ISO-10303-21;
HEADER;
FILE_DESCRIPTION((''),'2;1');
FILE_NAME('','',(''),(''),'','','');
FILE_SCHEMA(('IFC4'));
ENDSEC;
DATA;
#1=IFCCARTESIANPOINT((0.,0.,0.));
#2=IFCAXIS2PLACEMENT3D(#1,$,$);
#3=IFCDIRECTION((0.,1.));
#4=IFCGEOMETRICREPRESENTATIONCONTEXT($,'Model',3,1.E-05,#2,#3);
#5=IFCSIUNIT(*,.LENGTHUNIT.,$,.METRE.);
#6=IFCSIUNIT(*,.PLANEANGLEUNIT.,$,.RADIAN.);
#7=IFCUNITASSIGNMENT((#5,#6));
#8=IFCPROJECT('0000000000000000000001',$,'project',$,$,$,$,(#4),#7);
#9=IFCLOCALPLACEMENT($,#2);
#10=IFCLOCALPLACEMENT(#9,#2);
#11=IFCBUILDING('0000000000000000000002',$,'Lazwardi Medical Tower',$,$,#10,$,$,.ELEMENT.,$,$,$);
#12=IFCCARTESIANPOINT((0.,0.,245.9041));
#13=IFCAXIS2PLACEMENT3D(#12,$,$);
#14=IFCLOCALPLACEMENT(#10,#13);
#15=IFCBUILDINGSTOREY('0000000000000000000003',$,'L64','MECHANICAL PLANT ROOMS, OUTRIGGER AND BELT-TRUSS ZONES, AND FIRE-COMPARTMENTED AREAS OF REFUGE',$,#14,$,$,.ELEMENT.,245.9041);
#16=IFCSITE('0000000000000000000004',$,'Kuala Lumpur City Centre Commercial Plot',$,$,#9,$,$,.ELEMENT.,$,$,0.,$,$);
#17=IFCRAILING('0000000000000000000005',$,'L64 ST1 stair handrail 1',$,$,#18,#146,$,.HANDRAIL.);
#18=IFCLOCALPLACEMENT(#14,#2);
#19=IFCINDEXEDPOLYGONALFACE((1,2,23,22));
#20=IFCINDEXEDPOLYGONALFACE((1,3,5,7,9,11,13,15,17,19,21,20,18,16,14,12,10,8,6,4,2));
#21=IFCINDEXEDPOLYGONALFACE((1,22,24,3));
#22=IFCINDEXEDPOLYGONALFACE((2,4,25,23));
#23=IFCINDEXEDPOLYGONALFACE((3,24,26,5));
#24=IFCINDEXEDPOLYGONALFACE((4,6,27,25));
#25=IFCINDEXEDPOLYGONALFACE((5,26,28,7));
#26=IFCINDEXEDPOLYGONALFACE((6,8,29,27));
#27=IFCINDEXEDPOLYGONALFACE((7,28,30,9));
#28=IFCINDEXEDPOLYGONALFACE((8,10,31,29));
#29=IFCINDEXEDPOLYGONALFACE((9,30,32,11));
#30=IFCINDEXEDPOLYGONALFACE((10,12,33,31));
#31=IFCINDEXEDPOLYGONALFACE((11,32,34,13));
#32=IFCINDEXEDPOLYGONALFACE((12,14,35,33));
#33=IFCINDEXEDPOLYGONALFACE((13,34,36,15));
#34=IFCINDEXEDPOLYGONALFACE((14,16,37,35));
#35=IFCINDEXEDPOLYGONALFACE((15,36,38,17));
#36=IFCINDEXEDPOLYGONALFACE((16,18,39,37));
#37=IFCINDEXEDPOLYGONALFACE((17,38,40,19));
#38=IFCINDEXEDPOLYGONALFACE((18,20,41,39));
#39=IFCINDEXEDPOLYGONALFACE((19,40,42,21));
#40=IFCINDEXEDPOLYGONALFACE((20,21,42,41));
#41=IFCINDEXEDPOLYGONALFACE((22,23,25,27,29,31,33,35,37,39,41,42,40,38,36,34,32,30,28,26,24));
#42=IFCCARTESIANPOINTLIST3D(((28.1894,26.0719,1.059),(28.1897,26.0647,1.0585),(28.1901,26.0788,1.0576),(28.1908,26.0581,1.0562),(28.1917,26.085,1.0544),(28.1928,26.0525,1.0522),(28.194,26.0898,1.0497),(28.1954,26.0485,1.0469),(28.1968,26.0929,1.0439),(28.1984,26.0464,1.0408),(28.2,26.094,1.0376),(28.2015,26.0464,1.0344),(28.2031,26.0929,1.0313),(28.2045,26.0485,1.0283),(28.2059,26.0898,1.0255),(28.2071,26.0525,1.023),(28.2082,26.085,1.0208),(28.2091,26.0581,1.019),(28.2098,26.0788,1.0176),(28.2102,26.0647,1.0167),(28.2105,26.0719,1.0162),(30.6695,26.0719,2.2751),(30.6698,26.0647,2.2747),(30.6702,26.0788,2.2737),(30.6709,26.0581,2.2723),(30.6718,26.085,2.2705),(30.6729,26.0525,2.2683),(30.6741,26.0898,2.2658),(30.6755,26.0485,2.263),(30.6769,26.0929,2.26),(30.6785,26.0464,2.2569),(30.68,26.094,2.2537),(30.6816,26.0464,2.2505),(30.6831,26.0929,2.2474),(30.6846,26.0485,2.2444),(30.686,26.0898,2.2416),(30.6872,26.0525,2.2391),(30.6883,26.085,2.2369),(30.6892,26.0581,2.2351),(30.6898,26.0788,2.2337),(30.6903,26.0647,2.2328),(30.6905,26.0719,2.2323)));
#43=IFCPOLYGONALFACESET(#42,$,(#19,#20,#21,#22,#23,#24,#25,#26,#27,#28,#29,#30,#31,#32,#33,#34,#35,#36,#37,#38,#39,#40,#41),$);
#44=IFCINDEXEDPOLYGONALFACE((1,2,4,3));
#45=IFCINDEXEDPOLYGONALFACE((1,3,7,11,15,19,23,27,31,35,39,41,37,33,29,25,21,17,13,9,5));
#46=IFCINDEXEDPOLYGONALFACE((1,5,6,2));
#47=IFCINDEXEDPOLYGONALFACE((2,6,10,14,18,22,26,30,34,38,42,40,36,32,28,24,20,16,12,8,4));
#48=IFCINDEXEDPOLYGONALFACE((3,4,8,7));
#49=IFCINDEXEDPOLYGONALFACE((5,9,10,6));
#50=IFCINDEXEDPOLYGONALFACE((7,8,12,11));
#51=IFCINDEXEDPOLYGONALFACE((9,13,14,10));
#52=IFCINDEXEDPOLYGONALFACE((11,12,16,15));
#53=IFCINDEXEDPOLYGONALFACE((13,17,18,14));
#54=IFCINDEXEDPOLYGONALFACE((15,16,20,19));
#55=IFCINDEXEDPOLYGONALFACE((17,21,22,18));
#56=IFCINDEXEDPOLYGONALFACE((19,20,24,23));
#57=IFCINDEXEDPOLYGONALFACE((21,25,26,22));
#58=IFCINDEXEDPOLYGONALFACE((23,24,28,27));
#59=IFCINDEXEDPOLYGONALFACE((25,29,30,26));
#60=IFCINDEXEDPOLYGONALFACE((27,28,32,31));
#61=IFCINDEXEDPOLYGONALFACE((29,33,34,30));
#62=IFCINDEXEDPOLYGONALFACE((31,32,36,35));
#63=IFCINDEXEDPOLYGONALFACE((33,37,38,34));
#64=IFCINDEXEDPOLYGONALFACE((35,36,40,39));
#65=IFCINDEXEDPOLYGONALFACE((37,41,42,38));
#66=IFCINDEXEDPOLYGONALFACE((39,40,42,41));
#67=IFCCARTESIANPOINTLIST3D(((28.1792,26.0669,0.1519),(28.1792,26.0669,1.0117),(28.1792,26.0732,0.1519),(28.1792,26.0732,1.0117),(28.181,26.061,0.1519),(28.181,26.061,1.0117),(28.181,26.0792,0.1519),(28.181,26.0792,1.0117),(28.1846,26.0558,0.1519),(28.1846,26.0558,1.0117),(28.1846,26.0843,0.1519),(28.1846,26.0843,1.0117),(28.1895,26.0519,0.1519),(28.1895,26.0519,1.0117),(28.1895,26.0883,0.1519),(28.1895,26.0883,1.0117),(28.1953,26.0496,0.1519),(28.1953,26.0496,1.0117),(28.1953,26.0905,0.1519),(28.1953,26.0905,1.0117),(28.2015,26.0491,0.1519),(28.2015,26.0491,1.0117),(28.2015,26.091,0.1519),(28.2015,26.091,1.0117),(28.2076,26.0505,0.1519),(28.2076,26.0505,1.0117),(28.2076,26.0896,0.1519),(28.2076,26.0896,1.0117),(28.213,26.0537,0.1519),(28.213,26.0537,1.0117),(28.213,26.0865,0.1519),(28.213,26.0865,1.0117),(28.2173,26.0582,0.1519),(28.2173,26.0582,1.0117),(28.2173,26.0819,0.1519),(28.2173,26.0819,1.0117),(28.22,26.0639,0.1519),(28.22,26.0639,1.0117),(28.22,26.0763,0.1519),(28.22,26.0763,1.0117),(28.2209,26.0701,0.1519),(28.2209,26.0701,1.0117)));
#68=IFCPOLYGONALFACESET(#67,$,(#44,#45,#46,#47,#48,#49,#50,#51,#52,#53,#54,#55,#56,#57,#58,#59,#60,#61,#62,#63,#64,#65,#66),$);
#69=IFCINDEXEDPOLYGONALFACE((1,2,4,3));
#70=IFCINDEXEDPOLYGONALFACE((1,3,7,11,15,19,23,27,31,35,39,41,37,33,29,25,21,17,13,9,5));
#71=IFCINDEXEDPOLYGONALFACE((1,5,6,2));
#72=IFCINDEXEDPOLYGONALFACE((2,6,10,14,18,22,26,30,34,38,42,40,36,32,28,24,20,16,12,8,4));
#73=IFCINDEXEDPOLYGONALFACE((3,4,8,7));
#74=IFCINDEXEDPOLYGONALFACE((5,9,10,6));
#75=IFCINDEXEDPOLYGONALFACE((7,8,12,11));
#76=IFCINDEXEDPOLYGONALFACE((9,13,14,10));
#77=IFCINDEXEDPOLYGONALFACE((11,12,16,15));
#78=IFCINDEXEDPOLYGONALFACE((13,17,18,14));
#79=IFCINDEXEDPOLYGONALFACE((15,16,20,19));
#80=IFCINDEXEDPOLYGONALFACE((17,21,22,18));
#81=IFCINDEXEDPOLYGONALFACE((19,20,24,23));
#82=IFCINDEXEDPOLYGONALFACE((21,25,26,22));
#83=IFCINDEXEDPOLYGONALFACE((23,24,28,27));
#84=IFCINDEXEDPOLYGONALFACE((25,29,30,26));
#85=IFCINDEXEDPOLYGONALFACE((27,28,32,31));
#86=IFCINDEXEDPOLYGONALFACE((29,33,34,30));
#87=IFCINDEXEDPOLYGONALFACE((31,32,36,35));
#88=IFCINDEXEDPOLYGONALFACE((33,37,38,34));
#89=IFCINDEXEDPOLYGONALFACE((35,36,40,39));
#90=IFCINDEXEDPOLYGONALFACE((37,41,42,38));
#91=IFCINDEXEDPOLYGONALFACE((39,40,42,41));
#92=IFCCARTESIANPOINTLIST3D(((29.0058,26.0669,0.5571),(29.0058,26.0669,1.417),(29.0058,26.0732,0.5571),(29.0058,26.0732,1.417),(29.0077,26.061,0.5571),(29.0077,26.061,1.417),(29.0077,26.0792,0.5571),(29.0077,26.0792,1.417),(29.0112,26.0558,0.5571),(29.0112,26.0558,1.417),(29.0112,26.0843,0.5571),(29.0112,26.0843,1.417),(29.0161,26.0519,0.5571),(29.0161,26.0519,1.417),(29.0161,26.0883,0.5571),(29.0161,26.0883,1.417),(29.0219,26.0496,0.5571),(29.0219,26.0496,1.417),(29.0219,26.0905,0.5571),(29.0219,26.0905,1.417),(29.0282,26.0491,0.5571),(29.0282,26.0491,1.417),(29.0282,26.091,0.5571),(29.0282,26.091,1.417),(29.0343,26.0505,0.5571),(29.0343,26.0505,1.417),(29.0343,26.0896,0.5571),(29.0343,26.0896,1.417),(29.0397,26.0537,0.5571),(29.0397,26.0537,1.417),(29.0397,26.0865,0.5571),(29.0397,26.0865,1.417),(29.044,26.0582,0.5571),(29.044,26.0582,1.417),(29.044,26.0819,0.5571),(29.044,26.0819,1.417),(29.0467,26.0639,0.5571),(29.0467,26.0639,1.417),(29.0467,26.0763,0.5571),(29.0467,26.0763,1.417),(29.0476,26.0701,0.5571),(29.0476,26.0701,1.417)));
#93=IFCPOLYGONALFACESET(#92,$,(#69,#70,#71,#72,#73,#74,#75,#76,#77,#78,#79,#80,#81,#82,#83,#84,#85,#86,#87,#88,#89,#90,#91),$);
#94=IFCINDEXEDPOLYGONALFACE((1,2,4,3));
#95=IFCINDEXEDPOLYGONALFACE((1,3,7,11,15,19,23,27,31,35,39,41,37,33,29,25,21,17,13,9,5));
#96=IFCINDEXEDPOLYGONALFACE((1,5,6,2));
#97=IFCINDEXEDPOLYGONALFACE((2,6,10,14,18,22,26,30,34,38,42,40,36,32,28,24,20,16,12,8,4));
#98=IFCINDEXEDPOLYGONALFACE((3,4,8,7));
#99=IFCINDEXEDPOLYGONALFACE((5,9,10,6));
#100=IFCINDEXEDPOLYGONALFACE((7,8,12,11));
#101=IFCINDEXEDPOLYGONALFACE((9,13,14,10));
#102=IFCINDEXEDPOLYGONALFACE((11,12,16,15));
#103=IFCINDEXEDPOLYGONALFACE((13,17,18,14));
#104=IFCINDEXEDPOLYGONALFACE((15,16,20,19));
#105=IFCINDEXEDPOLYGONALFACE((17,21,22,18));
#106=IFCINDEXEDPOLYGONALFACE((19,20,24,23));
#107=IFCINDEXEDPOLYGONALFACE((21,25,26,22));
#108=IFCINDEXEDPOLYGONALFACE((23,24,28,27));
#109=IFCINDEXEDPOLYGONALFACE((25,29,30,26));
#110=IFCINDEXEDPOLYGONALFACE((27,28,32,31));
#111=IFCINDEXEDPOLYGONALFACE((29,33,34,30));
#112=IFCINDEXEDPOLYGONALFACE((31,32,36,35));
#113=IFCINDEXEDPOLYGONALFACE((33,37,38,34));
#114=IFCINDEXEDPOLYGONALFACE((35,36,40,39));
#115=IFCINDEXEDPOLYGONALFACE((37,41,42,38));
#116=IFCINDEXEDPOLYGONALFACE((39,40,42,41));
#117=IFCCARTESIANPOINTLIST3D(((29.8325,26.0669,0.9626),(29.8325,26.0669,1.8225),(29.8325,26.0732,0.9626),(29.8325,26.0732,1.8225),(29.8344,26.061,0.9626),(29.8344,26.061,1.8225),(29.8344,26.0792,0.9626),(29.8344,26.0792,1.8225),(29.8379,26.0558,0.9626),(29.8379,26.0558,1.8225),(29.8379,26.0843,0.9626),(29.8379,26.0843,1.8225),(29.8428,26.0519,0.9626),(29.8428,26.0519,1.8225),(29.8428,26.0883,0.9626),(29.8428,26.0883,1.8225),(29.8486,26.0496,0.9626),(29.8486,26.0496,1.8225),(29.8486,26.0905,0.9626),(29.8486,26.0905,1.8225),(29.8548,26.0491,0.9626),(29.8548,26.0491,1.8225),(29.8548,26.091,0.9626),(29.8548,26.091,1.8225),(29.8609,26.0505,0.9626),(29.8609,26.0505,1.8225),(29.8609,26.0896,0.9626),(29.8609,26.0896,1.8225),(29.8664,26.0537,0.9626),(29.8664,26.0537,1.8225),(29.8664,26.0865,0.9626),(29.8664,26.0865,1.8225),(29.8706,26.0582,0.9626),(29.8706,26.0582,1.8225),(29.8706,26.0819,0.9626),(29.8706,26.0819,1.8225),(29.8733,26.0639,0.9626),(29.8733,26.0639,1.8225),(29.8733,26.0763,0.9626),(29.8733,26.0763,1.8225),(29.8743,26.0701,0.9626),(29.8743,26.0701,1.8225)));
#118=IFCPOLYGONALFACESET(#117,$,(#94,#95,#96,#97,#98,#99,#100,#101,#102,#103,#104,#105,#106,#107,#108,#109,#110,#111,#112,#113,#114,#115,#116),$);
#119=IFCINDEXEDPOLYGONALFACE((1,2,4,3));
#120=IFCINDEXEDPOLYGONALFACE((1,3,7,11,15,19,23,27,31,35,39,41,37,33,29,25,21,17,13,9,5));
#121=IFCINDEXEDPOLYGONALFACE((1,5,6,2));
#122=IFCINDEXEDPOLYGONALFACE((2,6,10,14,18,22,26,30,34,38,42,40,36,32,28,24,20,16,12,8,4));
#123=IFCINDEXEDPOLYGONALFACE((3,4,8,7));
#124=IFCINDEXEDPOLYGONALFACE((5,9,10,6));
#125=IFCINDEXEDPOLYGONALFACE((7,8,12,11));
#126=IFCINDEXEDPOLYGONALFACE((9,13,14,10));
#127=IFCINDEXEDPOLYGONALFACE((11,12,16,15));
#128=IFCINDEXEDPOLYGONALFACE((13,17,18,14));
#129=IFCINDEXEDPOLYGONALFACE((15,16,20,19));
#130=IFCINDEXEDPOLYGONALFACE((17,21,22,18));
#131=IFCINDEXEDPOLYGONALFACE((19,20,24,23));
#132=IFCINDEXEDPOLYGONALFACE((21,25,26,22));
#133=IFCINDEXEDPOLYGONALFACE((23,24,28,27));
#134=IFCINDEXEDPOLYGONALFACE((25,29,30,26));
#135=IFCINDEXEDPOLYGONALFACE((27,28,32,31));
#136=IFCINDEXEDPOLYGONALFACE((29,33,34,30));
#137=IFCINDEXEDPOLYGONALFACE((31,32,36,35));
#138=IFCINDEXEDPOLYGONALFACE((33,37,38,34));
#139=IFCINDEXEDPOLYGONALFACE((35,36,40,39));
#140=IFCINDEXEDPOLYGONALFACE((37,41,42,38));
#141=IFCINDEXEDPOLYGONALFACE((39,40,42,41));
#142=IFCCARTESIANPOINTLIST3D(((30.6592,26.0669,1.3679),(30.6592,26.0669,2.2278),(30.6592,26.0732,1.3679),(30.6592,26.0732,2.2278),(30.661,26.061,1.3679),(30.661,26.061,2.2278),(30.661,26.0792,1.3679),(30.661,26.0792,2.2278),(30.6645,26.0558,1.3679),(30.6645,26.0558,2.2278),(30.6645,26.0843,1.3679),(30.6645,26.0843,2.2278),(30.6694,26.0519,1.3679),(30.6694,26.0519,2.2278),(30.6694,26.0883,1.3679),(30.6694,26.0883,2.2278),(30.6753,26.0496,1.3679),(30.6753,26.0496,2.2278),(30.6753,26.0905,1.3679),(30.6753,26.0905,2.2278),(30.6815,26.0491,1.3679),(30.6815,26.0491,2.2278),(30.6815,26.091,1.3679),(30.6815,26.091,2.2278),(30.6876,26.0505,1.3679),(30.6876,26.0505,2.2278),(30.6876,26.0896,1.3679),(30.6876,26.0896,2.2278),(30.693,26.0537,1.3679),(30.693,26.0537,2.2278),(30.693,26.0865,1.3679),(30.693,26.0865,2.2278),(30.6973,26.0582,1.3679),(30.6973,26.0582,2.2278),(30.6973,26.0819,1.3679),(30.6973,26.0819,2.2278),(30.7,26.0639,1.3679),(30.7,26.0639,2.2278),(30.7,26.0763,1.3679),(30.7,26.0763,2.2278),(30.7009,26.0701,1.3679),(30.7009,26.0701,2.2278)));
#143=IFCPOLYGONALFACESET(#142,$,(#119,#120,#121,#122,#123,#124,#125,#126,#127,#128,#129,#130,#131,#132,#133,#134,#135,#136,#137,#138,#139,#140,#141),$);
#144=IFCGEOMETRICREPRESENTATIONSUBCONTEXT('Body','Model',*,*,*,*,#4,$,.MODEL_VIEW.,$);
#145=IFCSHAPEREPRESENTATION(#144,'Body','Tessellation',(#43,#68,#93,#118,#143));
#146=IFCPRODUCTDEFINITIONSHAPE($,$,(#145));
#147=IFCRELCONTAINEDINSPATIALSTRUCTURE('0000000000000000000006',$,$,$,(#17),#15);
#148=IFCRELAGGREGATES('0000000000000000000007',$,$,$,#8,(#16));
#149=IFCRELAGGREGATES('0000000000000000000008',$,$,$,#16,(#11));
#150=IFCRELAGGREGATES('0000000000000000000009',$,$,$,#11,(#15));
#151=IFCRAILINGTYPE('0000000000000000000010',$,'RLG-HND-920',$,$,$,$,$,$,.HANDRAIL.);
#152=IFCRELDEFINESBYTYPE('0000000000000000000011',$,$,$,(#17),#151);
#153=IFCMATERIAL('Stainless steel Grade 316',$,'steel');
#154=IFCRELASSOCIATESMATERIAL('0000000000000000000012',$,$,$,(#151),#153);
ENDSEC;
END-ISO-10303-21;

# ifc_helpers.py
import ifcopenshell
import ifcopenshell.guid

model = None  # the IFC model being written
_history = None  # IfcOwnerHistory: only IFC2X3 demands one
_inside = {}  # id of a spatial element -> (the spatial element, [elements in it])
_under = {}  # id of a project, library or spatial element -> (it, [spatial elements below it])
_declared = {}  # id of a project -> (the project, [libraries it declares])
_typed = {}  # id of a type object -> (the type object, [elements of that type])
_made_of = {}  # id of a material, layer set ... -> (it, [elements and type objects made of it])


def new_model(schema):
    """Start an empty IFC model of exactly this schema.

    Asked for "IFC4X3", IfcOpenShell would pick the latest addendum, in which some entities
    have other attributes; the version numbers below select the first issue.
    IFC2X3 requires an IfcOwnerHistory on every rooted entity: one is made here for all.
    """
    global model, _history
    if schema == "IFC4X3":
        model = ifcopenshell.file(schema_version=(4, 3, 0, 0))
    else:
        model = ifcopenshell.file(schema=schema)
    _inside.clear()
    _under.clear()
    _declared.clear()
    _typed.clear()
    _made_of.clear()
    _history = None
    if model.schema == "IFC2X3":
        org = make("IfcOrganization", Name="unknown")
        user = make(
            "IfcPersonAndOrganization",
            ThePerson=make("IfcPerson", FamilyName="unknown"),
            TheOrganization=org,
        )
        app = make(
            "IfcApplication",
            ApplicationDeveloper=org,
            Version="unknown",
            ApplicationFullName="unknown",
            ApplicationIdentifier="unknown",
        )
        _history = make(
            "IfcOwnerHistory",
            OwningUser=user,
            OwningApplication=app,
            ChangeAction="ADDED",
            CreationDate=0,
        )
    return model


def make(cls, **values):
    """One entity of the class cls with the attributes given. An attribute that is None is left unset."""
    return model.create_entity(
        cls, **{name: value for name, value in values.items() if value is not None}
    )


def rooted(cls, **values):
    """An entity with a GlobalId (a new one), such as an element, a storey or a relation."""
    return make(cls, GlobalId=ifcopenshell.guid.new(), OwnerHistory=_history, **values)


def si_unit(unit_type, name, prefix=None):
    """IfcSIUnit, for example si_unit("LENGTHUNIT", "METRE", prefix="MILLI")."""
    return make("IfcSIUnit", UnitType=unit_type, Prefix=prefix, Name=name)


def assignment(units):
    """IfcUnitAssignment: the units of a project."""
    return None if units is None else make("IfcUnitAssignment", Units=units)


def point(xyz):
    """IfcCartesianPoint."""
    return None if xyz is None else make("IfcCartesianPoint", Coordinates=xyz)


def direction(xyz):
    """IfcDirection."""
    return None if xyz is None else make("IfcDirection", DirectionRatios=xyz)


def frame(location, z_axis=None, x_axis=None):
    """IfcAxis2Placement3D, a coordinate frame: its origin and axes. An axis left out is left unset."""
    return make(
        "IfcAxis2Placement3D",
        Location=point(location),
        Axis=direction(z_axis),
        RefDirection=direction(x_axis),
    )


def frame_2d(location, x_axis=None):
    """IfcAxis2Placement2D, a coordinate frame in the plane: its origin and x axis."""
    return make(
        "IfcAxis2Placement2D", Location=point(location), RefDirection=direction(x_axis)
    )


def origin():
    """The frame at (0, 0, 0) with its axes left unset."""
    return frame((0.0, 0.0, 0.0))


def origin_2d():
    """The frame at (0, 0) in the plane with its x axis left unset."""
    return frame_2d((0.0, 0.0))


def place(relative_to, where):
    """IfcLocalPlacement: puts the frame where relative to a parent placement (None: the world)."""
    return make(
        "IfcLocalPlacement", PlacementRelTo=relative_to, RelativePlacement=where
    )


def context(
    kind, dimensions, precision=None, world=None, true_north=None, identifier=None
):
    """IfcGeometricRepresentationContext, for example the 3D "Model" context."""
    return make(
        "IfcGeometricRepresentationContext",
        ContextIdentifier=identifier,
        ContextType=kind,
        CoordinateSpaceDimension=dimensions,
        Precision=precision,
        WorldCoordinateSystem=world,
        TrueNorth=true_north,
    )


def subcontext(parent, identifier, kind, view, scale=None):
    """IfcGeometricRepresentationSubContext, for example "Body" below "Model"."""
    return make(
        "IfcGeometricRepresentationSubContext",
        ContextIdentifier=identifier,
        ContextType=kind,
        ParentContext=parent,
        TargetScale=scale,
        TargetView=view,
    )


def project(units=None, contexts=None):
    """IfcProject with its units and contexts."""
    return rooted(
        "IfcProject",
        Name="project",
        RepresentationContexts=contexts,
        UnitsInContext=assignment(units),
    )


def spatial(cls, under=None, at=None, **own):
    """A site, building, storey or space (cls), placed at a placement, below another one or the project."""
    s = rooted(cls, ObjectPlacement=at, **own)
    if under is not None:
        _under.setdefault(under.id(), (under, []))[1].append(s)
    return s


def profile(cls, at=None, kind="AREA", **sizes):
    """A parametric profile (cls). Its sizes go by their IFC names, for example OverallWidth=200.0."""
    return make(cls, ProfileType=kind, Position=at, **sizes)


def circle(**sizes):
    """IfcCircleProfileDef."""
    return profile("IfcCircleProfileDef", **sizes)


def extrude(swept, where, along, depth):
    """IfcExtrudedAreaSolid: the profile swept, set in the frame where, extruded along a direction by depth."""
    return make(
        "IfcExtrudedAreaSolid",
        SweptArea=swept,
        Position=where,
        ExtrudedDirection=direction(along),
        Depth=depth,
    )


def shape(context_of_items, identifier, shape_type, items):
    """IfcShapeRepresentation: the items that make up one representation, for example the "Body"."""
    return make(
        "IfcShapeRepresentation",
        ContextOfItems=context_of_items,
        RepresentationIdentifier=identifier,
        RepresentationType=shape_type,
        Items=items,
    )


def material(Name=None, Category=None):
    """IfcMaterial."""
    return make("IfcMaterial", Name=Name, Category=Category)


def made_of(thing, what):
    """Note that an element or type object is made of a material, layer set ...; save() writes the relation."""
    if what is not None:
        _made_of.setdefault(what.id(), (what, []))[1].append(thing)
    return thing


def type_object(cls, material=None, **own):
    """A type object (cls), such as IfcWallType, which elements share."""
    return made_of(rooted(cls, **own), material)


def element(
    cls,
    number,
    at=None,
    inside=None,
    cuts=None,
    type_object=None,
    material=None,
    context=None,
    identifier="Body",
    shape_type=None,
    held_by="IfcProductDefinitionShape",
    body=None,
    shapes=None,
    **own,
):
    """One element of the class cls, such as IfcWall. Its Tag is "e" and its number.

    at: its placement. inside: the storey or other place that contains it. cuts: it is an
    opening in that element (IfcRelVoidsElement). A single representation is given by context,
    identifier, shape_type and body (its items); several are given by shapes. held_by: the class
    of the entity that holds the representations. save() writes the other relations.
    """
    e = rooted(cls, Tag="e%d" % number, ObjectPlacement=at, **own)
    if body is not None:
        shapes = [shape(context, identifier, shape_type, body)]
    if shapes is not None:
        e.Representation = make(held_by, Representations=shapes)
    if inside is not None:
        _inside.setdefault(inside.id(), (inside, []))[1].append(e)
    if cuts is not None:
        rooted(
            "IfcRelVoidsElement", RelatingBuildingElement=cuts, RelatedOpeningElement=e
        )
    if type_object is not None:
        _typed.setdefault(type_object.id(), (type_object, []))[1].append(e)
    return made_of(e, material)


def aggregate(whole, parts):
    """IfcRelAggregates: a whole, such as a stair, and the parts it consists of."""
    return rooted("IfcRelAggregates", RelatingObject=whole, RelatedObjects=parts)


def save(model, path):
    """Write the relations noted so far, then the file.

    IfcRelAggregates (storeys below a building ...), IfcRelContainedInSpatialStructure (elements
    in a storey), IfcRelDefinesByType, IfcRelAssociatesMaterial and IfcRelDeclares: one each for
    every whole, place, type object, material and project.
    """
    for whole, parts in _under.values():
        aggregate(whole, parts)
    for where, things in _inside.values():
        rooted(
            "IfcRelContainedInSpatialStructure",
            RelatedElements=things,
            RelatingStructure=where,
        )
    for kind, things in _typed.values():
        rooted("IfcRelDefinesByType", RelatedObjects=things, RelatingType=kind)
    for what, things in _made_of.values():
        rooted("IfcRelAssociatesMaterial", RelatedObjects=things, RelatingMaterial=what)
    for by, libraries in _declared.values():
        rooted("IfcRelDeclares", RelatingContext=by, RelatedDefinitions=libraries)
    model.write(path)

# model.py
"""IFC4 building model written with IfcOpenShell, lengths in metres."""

from ifc_helpers import new_model, si_unit, direction, frame, origin, origin_2d, place, context, subcontext, project, spatial, circle, extrude, material, type_object, element, save


model = new_model("IFC4")

# Units and contexts
model_context = context("Model", 3, precision=1e-05, world=origin(), true_north=direction((0.0, 1.0)))
body_context = subcontext(model_context, "Body", "Model", "MODEL_VIEW")
ifc_project = project(units=[si_unit("LENGTHUNIT", "METRE"), si_unit("PLANEANGLEUNIT", "RADIAN")], contexts=[model_context])

# Site, building, storey
site_placement = place(None, origin())
site = spatial("IfcSite", under=ifc_project, at=site_placement, Name="Kuala Lumpur City Centre Commercial Plot", CompositionType="ELEMENT", RefElevation=0.0)
building_placement = place(site_placement, origin())
building = spatial("IfcBuilding", under=site, at=building_placement, Name="Lazwardi Medical Tower", CompositionType="ELEMENT")
storey_placement = place(building_placement, frame((0.0, 0.0, 245.9041)))
storey = spatial("IfcBuildingStorey", under=building, at=storey_placement, Name="L64", Description="MECHANICAL PLANT ROOMS, OUTRIGGER AND BELT-TRUSS ZONES, AND FIRE-COMPARTMENTED AREAS OF REFUGE", CompositionType="ELEMENT", Elevation=245.9041)

# Railing
ifc_material_1 = material(Name="Stainless steel Grade 316", Category="steel")
railing_type_1 = type_object("IfcRailingType", Name="RLG-HND-920", PredefinedType="HANDRAIL", material=ifc_material_1)
for number, where, name in (
    (1, (28.2, 26.0701, 0.1519), "L64 ST1 stair handrail 1"),
):
    element("IfcRailing", number, at=place(storey_placement, frame(where)), inside=storey, type_object=railing_type_1, Name=name, PredefinedType="HANDRAIL", context=body_context, shape_type="SweptSolid", body=[
        extrude(circle(Radius=0.0239, at=origin_2d()), frame((0.0, 0.0, 0.8857), z_axis=(0.897865, 0.0, 0.44027), x_axis=(0.0, 1.0, 0.0)), (0.0, 0.0, 1.0), 2.7622),
        extrude(circle(Radius=0.021, at=origin_2d()), origin(), (0.0, 0.0, 1.0), 0.8599),
        extrude(circle(Radius=0.021, at=origin_2d()), frame((0.8267, 0.0, 0.4053)), (0.0, 0.0, 1.0), 0.8599),
        extrude(circle(Radius=0.021, at=origin_2d()), frame((1.6533, 0.0, 0.8108)), (0.0, 0.0, 1.0), 0.8599),
        extrude(circle(Radius=0.021, at=origin_2d()), frame((2.48, 0.0, 1.2161)), (0.0, 0.0, 1.0), 0.8599),
    ])

save(model, "model.ifc")
